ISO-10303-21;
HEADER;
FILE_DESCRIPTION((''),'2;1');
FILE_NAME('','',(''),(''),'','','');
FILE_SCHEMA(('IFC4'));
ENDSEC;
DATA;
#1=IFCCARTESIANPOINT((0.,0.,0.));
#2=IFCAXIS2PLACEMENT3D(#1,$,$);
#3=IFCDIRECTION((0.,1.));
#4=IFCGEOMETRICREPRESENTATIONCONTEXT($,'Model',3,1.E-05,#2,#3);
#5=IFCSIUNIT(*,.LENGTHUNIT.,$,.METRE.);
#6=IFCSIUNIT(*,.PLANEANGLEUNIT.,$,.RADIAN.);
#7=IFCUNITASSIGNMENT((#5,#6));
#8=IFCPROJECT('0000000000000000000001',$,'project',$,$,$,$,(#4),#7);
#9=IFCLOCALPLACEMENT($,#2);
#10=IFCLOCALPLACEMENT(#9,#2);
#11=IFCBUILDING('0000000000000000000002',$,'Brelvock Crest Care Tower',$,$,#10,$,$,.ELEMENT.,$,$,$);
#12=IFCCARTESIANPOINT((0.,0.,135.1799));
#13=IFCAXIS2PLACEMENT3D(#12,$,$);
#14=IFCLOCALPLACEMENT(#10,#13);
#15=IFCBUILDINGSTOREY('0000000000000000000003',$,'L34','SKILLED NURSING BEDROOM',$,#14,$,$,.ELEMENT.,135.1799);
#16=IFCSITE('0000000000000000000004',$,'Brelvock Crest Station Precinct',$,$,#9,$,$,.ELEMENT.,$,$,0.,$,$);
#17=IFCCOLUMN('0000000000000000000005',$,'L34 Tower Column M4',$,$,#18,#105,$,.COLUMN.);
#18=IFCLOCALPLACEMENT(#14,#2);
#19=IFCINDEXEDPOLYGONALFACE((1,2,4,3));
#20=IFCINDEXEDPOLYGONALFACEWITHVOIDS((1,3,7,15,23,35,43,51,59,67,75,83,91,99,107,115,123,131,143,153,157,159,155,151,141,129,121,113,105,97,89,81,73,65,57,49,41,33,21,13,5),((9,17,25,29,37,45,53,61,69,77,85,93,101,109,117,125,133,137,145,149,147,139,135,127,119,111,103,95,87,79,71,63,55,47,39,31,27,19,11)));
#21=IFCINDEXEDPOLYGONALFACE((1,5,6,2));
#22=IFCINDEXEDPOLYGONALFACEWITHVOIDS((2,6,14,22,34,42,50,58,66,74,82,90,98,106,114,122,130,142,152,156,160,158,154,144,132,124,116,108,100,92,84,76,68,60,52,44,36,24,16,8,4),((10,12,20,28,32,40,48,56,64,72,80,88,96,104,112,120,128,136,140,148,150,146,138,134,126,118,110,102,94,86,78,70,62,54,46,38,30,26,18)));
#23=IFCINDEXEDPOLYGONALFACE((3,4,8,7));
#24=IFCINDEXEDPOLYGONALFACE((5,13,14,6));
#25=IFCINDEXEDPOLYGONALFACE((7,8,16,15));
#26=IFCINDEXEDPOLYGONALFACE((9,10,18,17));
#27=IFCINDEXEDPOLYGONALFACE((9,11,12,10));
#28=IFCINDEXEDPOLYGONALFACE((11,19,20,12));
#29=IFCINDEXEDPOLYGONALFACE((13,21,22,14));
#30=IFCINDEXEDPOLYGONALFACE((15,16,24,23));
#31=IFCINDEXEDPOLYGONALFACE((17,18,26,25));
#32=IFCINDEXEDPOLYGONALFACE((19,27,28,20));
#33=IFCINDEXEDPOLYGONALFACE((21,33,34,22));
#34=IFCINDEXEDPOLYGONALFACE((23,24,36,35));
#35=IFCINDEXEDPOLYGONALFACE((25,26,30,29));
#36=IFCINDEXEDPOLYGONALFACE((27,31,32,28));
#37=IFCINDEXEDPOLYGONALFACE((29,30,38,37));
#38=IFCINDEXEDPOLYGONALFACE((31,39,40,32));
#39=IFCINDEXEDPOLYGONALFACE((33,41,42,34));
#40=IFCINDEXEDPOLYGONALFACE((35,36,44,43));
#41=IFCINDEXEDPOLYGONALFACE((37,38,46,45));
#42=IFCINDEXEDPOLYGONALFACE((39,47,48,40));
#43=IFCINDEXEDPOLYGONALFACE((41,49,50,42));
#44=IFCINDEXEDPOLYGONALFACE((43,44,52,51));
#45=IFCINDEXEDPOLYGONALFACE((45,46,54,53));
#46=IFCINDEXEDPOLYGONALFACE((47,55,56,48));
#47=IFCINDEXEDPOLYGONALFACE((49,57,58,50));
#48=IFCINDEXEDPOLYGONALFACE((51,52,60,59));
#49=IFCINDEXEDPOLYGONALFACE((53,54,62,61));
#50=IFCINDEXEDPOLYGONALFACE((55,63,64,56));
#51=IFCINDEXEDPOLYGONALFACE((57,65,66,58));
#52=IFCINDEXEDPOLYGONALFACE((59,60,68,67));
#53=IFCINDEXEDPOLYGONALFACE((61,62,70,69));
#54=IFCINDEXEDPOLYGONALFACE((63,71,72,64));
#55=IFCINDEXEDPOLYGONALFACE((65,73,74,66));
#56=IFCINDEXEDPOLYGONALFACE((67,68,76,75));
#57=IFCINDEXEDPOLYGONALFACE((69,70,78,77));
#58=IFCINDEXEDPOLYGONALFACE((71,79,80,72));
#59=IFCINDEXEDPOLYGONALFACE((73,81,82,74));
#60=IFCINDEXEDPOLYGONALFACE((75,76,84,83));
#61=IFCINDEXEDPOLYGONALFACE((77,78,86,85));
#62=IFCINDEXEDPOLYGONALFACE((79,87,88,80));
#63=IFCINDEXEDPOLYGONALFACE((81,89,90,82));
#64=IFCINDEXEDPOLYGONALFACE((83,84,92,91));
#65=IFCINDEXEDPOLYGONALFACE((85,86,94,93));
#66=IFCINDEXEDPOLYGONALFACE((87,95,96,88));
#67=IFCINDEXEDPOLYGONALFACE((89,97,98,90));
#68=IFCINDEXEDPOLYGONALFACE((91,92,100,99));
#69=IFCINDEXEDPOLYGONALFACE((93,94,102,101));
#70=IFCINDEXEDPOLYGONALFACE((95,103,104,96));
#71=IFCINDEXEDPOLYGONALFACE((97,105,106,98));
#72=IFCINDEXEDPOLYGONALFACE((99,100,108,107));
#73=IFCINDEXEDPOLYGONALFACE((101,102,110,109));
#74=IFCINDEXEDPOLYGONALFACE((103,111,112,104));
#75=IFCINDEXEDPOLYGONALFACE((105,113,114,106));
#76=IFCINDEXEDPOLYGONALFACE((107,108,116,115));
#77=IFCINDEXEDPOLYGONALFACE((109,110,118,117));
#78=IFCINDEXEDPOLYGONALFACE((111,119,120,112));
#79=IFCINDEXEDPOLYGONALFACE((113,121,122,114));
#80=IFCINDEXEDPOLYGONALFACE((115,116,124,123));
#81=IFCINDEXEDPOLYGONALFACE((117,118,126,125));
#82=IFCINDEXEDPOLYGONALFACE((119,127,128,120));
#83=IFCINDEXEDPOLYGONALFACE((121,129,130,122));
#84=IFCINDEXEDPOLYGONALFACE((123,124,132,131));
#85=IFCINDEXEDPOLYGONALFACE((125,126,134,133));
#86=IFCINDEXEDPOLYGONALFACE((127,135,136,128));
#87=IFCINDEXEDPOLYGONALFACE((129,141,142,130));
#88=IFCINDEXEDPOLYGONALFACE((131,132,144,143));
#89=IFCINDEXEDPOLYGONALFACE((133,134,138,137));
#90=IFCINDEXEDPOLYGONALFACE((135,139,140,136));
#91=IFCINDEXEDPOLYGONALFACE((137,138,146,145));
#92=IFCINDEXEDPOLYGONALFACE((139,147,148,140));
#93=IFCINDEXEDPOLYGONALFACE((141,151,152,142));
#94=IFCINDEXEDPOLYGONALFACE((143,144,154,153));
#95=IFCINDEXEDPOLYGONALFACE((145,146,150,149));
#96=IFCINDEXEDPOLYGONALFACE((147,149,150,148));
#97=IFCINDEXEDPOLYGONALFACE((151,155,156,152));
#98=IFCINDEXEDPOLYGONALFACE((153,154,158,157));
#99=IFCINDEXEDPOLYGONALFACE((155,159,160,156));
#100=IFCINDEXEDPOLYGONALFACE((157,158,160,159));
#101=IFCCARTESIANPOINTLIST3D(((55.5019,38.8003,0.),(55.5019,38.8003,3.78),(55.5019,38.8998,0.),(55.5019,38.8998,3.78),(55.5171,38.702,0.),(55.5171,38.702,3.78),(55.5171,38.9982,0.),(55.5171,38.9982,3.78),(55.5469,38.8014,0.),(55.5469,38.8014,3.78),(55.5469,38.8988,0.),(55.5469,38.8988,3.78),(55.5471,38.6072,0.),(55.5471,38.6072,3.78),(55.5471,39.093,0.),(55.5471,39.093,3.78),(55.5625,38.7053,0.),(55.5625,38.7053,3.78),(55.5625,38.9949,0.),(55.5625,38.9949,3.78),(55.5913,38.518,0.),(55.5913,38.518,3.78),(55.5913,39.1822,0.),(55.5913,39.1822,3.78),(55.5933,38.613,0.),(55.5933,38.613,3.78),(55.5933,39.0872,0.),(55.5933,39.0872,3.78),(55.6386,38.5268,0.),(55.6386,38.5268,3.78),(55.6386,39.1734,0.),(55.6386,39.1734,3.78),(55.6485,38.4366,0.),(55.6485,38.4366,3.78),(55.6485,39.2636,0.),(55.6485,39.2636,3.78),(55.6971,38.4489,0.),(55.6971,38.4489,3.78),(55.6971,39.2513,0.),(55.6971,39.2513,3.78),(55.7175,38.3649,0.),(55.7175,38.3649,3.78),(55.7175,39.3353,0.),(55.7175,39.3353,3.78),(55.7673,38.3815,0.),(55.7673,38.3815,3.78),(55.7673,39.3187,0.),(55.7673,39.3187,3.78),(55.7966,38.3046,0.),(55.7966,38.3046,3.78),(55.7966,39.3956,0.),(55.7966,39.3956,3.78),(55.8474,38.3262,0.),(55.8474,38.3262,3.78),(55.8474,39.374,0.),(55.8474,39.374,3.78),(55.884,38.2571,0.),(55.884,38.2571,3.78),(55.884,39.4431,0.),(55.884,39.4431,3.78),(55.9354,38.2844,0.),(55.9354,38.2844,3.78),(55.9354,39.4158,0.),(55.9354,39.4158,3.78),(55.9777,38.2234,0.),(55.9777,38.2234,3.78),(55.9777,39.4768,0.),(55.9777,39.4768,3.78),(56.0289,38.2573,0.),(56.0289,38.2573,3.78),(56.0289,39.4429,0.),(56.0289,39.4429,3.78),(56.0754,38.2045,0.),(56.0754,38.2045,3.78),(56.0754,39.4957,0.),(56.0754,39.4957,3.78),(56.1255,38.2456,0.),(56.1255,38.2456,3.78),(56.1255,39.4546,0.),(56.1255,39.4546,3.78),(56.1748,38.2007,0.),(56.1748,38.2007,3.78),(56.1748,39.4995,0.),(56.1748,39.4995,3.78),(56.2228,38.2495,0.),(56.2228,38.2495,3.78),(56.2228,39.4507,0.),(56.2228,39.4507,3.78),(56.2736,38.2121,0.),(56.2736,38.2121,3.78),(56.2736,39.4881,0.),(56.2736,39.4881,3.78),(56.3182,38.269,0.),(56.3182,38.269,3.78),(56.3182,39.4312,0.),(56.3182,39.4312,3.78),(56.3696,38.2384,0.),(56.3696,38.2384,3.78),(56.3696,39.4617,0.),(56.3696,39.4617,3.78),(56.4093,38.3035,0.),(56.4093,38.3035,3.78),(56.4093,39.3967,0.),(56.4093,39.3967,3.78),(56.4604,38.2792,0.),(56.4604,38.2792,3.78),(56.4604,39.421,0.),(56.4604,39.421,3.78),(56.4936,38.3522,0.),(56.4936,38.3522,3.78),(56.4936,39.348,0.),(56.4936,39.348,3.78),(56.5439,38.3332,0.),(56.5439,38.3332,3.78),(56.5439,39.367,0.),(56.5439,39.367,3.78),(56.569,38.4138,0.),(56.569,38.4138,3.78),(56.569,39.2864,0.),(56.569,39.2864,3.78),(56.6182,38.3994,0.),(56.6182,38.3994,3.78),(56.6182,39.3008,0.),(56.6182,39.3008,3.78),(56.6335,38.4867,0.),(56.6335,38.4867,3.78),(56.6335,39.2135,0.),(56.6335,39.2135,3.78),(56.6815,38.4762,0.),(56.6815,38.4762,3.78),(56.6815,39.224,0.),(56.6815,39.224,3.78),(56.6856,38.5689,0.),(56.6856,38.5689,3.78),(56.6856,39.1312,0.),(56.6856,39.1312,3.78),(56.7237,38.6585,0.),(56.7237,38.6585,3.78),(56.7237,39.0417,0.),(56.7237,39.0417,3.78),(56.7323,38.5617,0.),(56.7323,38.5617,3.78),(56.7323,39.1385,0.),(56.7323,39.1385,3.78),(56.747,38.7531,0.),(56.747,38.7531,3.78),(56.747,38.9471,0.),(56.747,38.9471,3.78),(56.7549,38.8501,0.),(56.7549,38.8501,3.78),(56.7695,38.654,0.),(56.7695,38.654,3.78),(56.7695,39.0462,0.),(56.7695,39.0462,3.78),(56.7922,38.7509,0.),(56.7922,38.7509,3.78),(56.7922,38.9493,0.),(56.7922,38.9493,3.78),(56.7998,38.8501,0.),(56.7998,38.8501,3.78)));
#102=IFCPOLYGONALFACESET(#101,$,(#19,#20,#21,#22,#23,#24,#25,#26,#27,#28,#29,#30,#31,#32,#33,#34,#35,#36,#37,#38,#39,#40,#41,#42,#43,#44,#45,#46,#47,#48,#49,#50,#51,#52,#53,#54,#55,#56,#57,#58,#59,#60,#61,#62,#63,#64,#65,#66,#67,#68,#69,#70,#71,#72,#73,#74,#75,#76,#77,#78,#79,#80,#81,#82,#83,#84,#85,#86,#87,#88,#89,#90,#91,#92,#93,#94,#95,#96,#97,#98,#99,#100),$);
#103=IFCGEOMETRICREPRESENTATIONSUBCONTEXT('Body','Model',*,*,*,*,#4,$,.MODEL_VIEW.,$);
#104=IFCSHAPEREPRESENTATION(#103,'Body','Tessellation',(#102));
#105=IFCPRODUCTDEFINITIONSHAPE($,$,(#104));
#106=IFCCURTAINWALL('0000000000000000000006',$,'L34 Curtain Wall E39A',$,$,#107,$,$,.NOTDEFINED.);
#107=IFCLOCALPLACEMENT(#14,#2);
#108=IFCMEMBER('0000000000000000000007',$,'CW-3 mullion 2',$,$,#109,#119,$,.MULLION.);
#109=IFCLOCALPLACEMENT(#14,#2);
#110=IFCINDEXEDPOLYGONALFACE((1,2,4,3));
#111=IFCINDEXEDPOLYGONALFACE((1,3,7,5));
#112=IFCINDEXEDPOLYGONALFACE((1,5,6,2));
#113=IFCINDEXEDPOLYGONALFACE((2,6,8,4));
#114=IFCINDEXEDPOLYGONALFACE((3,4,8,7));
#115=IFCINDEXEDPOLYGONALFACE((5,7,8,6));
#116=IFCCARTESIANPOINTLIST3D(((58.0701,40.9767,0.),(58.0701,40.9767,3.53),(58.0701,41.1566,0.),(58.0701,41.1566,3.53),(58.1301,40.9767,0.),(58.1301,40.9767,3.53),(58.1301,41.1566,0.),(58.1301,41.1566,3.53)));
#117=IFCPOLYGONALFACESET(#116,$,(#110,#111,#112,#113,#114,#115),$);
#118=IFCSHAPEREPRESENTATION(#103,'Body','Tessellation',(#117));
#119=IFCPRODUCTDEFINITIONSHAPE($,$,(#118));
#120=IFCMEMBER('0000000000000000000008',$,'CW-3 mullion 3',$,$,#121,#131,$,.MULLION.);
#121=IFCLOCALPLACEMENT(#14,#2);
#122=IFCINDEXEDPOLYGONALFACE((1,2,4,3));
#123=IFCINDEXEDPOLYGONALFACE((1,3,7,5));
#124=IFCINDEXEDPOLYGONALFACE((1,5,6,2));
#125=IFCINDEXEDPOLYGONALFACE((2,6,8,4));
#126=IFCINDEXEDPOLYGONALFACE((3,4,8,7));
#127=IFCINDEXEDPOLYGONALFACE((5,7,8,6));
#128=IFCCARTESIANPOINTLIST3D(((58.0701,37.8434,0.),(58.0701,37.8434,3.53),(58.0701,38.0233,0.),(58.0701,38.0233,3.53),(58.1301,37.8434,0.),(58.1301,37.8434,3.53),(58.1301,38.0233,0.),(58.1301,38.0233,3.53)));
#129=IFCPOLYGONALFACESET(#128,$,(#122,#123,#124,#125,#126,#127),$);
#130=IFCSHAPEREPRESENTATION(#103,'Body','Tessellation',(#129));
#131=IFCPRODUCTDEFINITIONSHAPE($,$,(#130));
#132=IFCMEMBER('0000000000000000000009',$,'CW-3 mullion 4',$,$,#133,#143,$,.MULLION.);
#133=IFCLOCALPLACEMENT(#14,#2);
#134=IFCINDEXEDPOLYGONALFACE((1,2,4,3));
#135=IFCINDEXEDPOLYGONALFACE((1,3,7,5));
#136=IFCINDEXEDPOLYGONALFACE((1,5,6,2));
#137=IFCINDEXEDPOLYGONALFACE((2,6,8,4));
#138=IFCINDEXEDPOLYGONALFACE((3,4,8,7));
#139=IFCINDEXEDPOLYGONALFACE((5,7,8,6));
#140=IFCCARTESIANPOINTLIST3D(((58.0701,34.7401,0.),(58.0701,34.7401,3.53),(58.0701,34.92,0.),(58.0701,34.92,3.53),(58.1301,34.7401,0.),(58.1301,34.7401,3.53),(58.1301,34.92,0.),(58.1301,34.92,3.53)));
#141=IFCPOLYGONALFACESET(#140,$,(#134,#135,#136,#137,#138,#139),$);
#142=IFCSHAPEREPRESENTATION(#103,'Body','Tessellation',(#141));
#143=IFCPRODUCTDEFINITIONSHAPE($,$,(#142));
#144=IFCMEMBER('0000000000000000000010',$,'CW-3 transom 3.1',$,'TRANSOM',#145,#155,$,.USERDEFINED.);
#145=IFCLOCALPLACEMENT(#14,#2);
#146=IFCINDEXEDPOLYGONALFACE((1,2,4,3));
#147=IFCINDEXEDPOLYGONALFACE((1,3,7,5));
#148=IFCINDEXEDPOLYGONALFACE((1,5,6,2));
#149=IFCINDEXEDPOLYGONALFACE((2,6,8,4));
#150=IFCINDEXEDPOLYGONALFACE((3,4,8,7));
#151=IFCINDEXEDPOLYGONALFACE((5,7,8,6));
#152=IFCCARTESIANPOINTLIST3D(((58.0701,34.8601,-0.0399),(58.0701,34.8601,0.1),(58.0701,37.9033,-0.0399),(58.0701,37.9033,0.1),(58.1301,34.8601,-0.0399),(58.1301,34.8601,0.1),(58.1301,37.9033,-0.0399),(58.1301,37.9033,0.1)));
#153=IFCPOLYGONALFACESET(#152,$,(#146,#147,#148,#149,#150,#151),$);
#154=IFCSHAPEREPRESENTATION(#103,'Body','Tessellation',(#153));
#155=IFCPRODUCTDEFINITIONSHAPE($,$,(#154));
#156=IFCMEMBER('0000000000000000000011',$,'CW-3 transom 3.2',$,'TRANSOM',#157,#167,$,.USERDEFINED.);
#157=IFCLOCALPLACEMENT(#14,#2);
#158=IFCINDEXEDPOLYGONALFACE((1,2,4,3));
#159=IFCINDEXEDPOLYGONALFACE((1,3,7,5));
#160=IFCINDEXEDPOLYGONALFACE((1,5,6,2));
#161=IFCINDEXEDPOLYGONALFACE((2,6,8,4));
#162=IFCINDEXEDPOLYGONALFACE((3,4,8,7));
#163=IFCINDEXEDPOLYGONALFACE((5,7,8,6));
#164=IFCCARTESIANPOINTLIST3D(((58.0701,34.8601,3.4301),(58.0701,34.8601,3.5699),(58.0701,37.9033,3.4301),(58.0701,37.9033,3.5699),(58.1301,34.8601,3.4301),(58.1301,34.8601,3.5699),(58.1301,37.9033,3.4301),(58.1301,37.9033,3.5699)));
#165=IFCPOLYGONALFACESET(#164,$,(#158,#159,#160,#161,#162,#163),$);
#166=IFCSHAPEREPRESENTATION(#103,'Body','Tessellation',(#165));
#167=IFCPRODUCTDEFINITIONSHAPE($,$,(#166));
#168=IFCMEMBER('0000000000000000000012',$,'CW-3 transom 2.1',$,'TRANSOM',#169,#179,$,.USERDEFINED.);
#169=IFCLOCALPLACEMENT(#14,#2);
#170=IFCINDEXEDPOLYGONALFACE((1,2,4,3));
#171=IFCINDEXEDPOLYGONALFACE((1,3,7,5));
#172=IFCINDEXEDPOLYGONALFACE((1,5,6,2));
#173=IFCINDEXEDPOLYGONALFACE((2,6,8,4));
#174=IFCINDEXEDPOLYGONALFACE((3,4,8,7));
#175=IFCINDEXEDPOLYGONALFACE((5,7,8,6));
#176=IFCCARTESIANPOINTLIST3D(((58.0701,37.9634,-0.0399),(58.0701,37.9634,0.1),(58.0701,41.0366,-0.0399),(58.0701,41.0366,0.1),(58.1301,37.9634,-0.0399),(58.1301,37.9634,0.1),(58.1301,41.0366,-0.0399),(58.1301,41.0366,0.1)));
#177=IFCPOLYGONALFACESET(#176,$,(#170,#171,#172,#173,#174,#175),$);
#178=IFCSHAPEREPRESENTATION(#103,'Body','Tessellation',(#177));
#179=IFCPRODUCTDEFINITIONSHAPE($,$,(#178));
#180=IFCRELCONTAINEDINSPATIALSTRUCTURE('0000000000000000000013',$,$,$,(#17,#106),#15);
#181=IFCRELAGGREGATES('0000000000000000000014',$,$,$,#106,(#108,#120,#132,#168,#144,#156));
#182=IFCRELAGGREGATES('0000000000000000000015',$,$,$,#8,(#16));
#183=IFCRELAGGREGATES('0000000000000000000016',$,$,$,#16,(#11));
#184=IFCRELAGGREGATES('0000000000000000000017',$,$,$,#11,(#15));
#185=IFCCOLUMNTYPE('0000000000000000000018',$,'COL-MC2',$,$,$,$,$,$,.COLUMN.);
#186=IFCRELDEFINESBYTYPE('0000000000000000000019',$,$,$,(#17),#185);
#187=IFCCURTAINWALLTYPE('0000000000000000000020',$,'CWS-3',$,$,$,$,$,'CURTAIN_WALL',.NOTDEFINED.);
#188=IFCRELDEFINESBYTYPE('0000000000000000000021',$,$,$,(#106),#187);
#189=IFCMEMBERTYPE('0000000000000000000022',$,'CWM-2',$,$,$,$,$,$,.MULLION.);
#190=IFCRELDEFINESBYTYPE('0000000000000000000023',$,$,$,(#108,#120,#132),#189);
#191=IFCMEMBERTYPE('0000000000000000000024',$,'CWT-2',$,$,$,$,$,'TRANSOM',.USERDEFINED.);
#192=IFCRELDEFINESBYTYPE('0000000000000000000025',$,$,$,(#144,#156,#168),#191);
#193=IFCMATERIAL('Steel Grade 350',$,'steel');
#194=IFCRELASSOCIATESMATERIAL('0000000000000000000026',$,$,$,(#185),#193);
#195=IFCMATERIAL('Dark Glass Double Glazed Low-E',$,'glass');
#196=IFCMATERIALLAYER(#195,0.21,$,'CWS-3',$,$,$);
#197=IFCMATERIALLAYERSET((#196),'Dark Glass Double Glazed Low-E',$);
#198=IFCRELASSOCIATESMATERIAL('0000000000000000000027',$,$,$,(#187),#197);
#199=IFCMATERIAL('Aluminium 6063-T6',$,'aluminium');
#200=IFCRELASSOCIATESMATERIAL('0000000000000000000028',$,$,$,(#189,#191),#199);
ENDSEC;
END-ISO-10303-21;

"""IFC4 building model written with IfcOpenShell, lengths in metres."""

from ifc_helpers import new_model, si_unit, direction, frame, origin, origin_2d, place, context, subcontext, project, spatial, rectangle, hollow_circle, extrude, source, transform, mapped, material, layer, layer_set, material_profile, profile_set, type_object, element, aggregate, save


model = new_model("IFC4")

# Units and contexts
model_context = context("Model", 3, precision=1e-05, world=origin(), true_north=direction((0.0, 1.0)))
body_context = subcontext(model_context, "Body", "Model", "MODEL_VIEW")
ifc_project = project(units=[si_unit("LENGTHUNIT", "METRE"), si_unit("PLANEANGLEUNIT", "RADIAN")], contexts=[model_context])

# Site, building, storey
site_placement = place(None, origin())
site = spatial("IfcSite", under=ifc_project, at=site_placement, Name="Brelvock Crest Station Precinct", CompositionType="ELEMENT", RefElevation=0.0)
building_placement = place(site_placement, origin())
building = spatial("IfcBuilding", under=site, at=building_placement, Name="Brelvock Crest Care Tower", CompositionType="ELEMENT")
storey_placement = place(building_placement, frame((0.0, 0.0, 135.1799)))
storey = spatial("IfcBuildingStorey", under=building, at=storey_placement, Name="L34", Description="SKILLED NURSING BEDROOM", CompositionType="ELEMENT", Elevation=135.1799)

# Column
ifc_material_1 = material(Name="Steel Grade 350", Category="steel")
ifc_material_profile_1 = material_profile(ifc_material_1, hollow_circle(Radius=0.6499, WallThickness=0.0449, at=origin_2d()), Name="CFT1300x45")
ifc_profile_set_1 = profile_set([ifc_material_profile_1], Name="Steel Grade 350")
column_type = type_object("IfcColumnType", Name="COL-MC2", PredefinedType="COLUMN", material=ifc_profile_set_1)
shared_shape_1 = source(origin(), body_context, "Body", "SweptSolid", [
    extrude(hollow_circle(Radius=0.6499, WallThickness=0.0449, at=origin_2d()), origin(), (0.0, 0.0, 1.0), 3.78),
])
column_placement = place(storey_placement, frame((56.1499, 38.8501, 0.0), z_axis=(0.0, 0.0, 1.0), x_axis=(1.0, 0.0, 0.0)))
element("IfcColumn", 1, at=column_placement, inside=storey, type_object=column_type, Name="L34 Tower Column M4", PredefinedType="COLUMN", context=body_context, shape_type="MappedRepresentation", body=[
    mapped(shared_shape_1, transform((0.0, 0.0, 0.0), x_axis=(1.0, 0.0, 0.0), y_axis=(0.0, 1.0, 0.0), z_axis=(0.0, 0.0, 1.0), scale=1.0)),
])

# Curtain wall, members
ifc_material_2 = material(Name="Dark Glass Double Glazed Low-E", Category="glass")
ifc_layer_1 = layer(ifc_material_2, 0.21, Name="CWS-3")
ifc_layer_set_1 = layer_set([ifc_layer_1], Name="Dark Glass Double Glazed Low-E")
curtain_wall_type = type_object("IfcCurtainWallType", Name="CWS-3", ElementType="CURTAIN_WALL", PredefinedType="NOTDEFINED", material=ifc_layer_set_1)
curtain_wall_placement = place(storey_placement, origin())
curtain_wall = element("IfcCurtainWall", 2, at=curtain_wall_placement, inside=storey, type_object=curtain_wall_type, Name="L34 Curtain Wall E39A", PredefinedType="NOTDEFINED")
ifc_material_3 = material(Name="Aluminium 6063-T6", Category="aluminium")
ifc_material_profile_2 = material_profile(ifc_material_3, rectangle(XDim=0.0601, YDim=0.1799, at=origin_2d()), Name="ALU60x180")
ifc_profile_set_2 = profile_set([ifc_material_profile_2], Name="Aluminium 6063-T6")
member_type_1 = type_object("IfcMemberType", Name="CWM-2", PredefinedType="MULLION", material=ifc_profile_set_2)
shared_shape_2 = source(origin(), body_context, "Body", "SweptSolid", [
    extrude(rectangle(XDim=0.0601, YDim=0.1799, at=origin_2d()), origin(), (0.0, 0.0, 1.0), 3.53),
])
member_1_placement = place(storey_placement, frame((58.1001, 41.0667, 0.0), z_axis=(0.0, 0.0, 1.0), x_axis=(1.0, 0.0, 0.0)))
member_1 = element("IfcMember", 3, at=member_1_placement, type_object=member_type_1, Name="CW-3 mullion 2", PredefinedType="MULLION", context=body_context, shape_type="MappedRepresentation", body=[
    mapped(shared_shape_2, transform((0.0, 0.0, 0.0), x_axis=(1.0, 0.0, 0.0), y_axis=(0.0, 1.0, 0.0), z_axis=(0.0, 0.0, 1.0), scale=1.0)),
])
member_2_placement = place(storey_placement, frame((58.1001, 37.9333, 0.0), z_axis=(0.0, 0.0, 1.0), x_axis=(1.0, 0.0, 0.0)))
member_2 = element("IfcMember", 4, at=member_2_placement, type_object=member_type_1, Name="CW-3 mullion 3", PredefinedType="MULLION", context=body_context, shape_type="MappedRepresentation", body=[
    mapped(shared_shape_2, transform((0.0, 0.0, 0.0), x_axis=(1.0, 0.0, 0.0), y_axis=(0.0, 1.0, 0.0), z_axis=(0.0, 0.0, 1.0), scale=1.0)),
])
member_3_placement = place(storey_placement, frame((58.1001, 34.8301, 0.0), z_axis=(0.0, 0.0, 1.0), x_axis=(1.0, 0.0, 0.0)))
member_3 = element("IfcMember", 5, at=member_3_placement, type_object=member_type_1, Name="CW-3 mullion 4", PredefinedType="MULLION", context=body_context, shape_type="MappedRepresentation", body=[
    mapped(shared_shape_2, transform((0.0, 0.0, 0.0), x_axis=(1.0, 0.0, 0.0), y_axis=(0.0, 1.0, 0.0), z_axis=(0.0, 0.0, 1.0), scale=1.0)),
])
ifc_material_profile_3 = material_profile(ifc_material_3, rectangle(XDim=0.0601, YDim=0.1399, at=origin_2d()), Name="ALU60x140")
ifc_profile_set_3 = profile_set([ifc_material_profile_3], Name="Aluminium 6063-T6")
member_type_2 = type_object("IfcMemberType", Name="CWT-2", ElementType="TRANSOM", PredefinedType="USERDEFINED", material=ifc_profile_set_3)
shared_shape_3 = source(origin(), body_context, "Body", "SweptSolid", [
    extrude(rectangle(XDim=0.0601, YDim=0.1399, at=origin_2d()), origin(), (0.0, 0.0, 1.0), 3.0432),
])
member_4_placement = place(storey_placement, frame((58.1001, 37.9033, 0.03), z_axis=(0.0, -1.0, 0.0), x_axis=(1.0, 0.0, 0.0)))
member_4 = element("IfcMember", 6, at=member_4_placement, type_object=member_type_2, Name="CW-3 transom 3.1", ObjectType="TRANSOM", PredefinedType="USERDEFINED", context=body_context, shape_type="MappedRepresentation", body=[
    mapped(shared_shape_3, transform((0.0, 0.0, 0.0), x_axis=(1.0, 0.0, 0.0), y_axis=(0.0, 1.0, 0.0), z_axis=(0.0, 0.0, 1.0), scale=1.0)),
])
member_5_placement = place(storey_placement, frame((58.1001, 37.9033, 3.5), z_axis=(0.0, -1.0, 0.0), x_axis=(1.0, 0.0, 0.0)))
member_5 = element("IfcMember", 7, at=member_5_placement, type_object=member_type_2, Name="CW-3 transom 3.2", ObjectType="TRANSOM", PredefinedType="USERDEFINED", context=body_context, shape_type="MappedRepresentation", body=[
    mapped(shared_shape_3, transform((0.0, 0.0, 0.0), x_axis=(1.0, 0.0, 0.0), y_axis=(0.0, 1.0, 0.0), z_axis=(0.0, 0.0, 1.0), scale=1.0)),
])
shared_shape_4 = source(origin(), body_context, "Body", "SweptSolid", [
    extrude(rectangle(XDim=0.0601, YDim=0.1399, at=origin_2d()), origin(), (0.0, 0.0, 1.0), 3.0732),
])
member_6_placement = place(storey_placement, frame((58.1001, 41.0366, 0.03), z_axis=(0.0, -1.0, 0.0), x_axis=(1.0, 0.0, 0.0)))
member_6 = element("IfcMember", 8, at=member_6_placement, type_object=member_type_2, Name="CW-3 transom 2.1", ObjectType="TRANSOM", PredefinedType="USERDEFINED", context=body_context, shape_type="MappedRepresentation", body=[
    mapped(shared_shape_4, transform((0.0, 0.0, 0.0), x_axis=(1.0, 0.0, 0.0), y_axis=(0.0, 1.0, 0.0), z_axis=(0.0, 0.0, 1.0), scale=1.0)),
])
aggregate(curtain_wall, [member_1, member_2, member_3, member_6, member_4, member_5])

save(model, "model.ifc")
